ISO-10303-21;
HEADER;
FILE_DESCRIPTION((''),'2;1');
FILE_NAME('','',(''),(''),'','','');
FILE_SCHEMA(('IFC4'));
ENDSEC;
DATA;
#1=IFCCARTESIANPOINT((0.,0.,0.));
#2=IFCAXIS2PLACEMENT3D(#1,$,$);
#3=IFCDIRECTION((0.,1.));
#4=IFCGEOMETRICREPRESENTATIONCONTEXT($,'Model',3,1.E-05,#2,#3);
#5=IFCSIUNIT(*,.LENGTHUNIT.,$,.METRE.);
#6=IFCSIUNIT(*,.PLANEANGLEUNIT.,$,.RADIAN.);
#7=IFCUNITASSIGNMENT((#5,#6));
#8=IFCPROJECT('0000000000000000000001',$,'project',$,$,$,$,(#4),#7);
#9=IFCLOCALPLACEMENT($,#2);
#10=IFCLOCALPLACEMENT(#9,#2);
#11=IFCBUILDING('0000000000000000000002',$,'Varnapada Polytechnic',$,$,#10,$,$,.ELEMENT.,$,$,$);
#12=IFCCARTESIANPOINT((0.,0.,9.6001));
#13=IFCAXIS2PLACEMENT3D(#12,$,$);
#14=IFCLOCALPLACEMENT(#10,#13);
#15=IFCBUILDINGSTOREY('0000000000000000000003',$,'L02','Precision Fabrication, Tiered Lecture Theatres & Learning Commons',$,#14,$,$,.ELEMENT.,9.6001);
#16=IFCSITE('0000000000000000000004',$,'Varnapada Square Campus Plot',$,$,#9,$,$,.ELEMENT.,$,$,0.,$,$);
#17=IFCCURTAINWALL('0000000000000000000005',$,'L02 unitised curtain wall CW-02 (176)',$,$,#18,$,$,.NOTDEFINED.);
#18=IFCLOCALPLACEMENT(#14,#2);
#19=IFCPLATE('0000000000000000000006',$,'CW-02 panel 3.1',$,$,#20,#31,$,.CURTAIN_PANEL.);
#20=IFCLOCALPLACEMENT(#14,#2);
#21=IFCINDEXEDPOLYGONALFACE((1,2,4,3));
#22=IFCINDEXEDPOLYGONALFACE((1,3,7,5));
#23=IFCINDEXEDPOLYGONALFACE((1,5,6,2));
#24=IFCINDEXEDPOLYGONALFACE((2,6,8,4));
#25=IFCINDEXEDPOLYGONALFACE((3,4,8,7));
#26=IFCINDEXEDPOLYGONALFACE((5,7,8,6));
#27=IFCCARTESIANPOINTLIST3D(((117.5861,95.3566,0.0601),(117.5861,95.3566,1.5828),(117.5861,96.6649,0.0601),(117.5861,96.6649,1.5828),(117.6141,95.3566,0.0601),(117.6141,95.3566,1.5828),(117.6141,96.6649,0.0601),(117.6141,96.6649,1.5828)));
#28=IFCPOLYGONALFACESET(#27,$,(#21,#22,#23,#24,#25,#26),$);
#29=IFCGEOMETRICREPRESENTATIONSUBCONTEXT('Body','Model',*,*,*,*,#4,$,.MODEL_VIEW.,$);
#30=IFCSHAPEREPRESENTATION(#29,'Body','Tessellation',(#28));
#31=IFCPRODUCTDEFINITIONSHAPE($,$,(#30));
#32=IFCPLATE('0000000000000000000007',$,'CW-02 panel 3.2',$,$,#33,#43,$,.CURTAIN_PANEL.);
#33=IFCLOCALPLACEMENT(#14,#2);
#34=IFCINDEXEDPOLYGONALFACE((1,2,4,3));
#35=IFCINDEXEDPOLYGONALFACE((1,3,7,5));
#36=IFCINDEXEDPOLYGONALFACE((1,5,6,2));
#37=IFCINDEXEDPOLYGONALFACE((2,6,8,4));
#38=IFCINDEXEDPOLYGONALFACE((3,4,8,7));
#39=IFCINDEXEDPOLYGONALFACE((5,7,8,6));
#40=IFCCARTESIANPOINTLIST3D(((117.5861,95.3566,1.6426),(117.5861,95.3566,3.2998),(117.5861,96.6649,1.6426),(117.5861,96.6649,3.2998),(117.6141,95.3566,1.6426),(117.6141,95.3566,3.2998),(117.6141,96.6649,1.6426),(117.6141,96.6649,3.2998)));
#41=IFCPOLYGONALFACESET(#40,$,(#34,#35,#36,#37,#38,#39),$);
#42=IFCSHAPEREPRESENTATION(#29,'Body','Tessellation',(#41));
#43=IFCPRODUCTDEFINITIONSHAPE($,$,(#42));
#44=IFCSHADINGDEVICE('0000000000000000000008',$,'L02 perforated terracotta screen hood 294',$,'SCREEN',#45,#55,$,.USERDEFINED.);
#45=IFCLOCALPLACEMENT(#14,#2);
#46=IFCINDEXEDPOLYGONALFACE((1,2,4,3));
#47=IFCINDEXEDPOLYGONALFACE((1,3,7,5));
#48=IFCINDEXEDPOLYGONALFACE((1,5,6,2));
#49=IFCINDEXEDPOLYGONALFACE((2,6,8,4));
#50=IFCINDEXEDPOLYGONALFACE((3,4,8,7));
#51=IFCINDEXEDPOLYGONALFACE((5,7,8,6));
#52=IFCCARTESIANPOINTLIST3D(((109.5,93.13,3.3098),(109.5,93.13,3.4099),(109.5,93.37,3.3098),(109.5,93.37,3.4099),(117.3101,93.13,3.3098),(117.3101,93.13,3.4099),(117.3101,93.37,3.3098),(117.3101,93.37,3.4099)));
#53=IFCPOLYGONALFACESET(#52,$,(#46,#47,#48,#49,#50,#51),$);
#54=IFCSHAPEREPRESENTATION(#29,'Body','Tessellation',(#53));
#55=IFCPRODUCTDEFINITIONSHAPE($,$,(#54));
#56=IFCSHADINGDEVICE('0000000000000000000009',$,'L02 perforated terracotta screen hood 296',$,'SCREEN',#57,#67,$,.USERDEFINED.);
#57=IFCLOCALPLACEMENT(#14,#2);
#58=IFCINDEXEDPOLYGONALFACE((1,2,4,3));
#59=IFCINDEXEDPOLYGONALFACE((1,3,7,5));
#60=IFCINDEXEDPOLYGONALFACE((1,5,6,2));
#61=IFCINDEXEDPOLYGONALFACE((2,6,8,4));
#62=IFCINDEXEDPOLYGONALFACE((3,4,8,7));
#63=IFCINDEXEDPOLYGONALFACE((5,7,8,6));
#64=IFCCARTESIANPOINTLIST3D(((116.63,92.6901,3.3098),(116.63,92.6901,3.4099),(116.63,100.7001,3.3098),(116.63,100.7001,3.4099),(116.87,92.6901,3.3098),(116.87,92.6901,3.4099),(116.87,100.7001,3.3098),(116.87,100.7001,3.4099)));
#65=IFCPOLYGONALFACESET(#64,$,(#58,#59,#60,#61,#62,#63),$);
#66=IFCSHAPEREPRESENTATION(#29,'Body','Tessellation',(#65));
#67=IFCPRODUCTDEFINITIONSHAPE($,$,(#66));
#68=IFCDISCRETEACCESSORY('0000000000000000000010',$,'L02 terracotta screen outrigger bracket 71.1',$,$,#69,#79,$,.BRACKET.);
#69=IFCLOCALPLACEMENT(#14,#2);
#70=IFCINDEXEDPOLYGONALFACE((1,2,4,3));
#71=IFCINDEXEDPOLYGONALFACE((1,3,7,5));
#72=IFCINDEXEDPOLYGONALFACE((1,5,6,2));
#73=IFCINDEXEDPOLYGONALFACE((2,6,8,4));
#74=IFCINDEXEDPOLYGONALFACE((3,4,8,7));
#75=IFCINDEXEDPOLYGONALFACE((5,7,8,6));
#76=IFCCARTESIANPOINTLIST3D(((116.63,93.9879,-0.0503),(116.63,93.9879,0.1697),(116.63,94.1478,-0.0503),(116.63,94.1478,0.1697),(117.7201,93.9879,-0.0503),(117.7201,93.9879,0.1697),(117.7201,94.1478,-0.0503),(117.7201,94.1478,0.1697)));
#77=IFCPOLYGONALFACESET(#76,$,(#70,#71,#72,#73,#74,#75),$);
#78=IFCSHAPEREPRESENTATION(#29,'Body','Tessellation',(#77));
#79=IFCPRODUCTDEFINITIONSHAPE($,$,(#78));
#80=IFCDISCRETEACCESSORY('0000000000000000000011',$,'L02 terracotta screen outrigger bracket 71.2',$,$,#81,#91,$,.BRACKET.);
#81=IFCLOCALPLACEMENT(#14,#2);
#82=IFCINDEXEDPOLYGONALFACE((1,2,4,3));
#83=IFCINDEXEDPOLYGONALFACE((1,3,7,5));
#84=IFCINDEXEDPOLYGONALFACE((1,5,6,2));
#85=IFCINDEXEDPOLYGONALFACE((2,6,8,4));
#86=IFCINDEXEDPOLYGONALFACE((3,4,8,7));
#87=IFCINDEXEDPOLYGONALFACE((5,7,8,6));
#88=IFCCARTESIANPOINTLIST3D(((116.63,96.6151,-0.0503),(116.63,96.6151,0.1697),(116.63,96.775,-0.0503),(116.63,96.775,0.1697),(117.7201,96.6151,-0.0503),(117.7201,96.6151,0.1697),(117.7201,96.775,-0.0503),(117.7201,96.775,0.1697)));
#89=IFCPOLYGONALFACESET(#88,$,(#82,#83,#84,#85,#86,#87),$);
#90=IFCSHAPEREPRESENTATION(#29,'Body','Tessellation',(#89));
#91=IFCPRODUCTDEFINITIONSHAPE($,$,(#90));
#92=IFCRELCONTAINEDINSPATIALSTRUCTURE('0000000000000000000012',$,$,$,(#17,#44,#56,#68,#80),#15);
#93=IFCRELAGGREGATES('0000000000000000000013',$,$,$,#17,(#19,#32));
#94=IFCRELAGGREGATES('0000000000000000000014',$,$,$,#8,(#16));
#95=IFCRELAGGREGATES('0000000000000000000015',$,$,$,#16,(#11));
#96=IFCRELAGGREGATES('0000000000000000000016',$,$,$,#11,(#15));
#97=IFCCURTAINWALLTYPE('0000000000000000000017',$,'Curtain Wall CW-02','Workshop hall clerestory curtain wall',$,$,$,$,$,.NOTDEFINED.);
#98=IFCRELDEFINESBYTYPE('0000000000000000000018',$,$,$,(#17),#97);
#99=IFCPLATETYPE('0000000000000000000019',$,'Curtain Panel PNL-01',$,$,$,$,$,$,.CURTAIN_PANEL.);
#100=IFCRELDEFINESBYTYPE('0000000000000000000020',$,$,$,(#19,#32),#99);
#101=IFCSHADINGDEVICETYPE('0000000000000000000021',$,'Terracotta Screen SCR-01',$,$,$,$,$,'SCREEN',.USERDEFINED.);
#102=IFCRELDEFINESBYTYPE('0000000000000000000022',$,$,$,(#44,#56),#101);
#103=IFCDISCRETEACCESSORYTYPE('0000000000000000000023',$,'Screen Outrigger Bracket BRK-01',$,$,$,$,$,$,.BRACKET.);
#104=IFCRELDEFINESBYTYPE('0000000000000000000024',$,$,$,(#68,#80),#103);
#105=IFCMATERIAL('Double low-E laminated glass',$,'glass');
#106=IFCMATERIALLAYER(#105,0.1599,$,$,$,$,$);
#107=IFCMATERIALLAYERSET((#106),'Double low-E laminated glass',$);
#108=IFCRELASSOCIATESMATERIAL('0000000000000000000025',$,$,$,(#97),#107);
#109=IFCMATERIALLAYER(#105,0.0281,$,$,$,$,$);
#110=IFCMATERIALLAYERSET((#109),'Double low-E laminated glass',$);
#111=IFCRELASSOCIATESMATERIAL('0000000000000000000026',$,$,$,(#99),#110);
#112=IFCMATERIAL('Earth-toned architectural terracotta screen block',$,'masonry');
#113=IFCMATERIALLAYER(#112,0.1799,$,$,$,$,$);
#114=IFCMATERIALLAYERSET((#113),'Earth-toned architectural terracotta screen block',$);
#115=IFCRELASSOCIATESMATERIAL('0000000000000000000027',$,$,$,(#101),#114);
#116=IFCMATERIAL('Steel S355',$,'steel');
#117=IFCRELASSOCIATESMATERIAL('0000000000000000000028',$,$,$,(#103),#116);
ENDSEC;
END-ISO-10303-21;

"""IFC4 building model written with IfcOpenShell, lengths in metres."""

from ifc_helpers import new_model, si_unit, direction, frame, origin, origin_2d, place, context, subcontext, project, spatial, rectangle, extrude, material, layer, layer_set, type_object, element, aggregate, save


model = new_model("IFC4")

# Units and contexts
model_context = context("Model", 3, precision=1e-05, world=origin(), true_north=direction((0.0, 1.0)))
body_context = subcontext(model_context, "Body", "Model", "MODEL_VIEW")
ifc_project = project(units=[si_unit("LENGTHUNIT", "METRE"), si_unit("PLANEANGLEUNIT", "RADIAN")], contexts=[model_context])

# Site, building, storey
site_placement = place(None, origin())
site = spatial("IfcSite", under=ifc_project, at=site_placement, Name="Varnapada Square Campus Plot", CompositionType="ELEMENT", RefElevation=0.0)
building_placement = place(site_placement, origin())
building = spatial("IfcBuilding", under=site, at=building_placement, Name="Varnapada Polytechnic", CompositionType="ELEMENT")
storey_placement = place(building_placement, frame((0.0, 0.0, 9.6001)))
storey = spatial("IfcBuildingStorey", under=building, at=storey_placement, Name="L02", Description="Precision Fabrication, Tiered Lecture Theatres & Learning Commons", CompositionType="ELEMENT", Elevation=9.6001)

# Curtain wall, plates
ifc_material_1 = material(Name="Double low-E laminated glass", Category="glass")
ifc_layer_1 = layer(ifc_material_1, 0.1599)
ifc_layer_set_1 = layer_set([ifc_layer_1], Name="Double low-E laminated glass")
curtain_wall_type = type_object("IfcCurtainWallType", Name="Curtain Wall CW-02", Description="Workshop hall clerestory curtain wall", PredefinedType="NOTDEFINED", material=ifc_layer_set_1)
curtain_wall_placement = place(storey_placement, origin())
curtain_wall = element("IfcCurtainWall", 1, at=curtain_wall_placement, inside=storey, type_object=curtain_wall_type, Name="L02 unitised curtain wall CW-02 (176)", PredefinedType="NOTDEFINED")
ifc_layer_2 = layer(ifc_material_1, 0.0281)
ifc_layer_set_2 = layer_set([ifc_layer_2], Name="Double low-E laminated glass")
plate_type = type_object("IfcPlateType", Name="Curtain Panel PNL-01", PredefinedType="CURTAIN_PANEL", material=ifc_layer_set_2)
plate_1_placement = place(storey_placement, frame((117.6001, 96.0107, 0.0601), z_axis=(0.0, 0.0, 1.0), x_axis=(0.0, 1.0, 0.0)))
plate_1 = element("IfcPlate", 2, at=plate_1_placement, type_object=plate_type, Name="CW-02 panel 3.1", PredefinedType="CURTAIN_PANEL", context=body_context, shape_type="SweptSolid", body=[
    extrude(rectangle(XDim=1.3083, YDim=0.0281, at=origin_2d()), origin(), (0.0, 0.0, 1.0), 1.5227),
])
plate_2_placement = place(storey_placement, frame((117.6001, 96.0107, 1.6426), z_axis=(0.0, 0.0, 1.0), x_axis=(0.0, 1.0, 0.0)))
plate_2 = element("IfcPlate", 3, at=plate_2_placement, type_object=plate_type, Name="CW-02 panel 3.2", PredefinedType="CURTAIN_PANEL", context=body_context, shape_type="SweptSolid", body=[
    extrude(rectangle(XDim=1.3083, YDim=0.0281, at=origin_2d()), origin(), (0.0, 0.0, 1.0), 1.6572),
])
aggregate(curtain_wall, [plate_1, plate_2])

# Shading devices
ifc_material_2 = material(Name="Earth-toned architectural terracotta screen block", Category="masonry")
ifc_layer_3 = layer(ifc_material_2, 0.1799)
ifc_layer_set_3 = layer_set([ifc_layer_3], Name="Earth-toned architectural terracotta screen block")
shading_device_type = type_object("IfcShadingDeviceType", Name="Terracotta Screen SCR-01", ElementType="SCREEN", PredefinedType="USERDEFINED", material=ifc_layer_set_3)
shading_device_1_placement = place(storey_placement, frame((113.405, 93.25, 3.3098), z_axis=(0.0, 0.0, 1.0), x_axis=(1.0, 0.0, 0.0)))
element("IfcShadingDevice", 4, at=shading_device_1_placement, inside=storey, type_object=shading_device_type, Name="L02 perforated terracotta screen hood 294", ObjectType="SCREEN", PredefinedType="USERDEFINED", context=body_context, shape_type="SweptSolid", body=[
    extrude(rectangle(XDim=7.8101, YDim=0.24, at=origin_2d()), origin(), (0.0, 0.0, 1.0), 0.1001),
])
shading_device_2_placement = place(storey_placement, frame((116.75, 96.6951, 3.3098), z_axis=(0.0, 0.0, 1.0), x_axis=(0.0, 1.0, 0.0)))
element("IfcShadingDevice", 5, at=shading_device_2_placement, inside=storey, type_object=shading_device_type, Name="L02 perforated terracotta screen hood 296", ObjectType="SCREEN", PredefinedType="USERDEFINED", context=body_context, shape_type="SweptSolid", body=[
    extrude(rectangle(XDim=8.01, YDim=0.24, at=origin_2d()), origin(), (0.0, 0.0, 1.0), 0.1001),
])

# Discrete accessories
ifc_material_3 = material(Name="Steel S355", Category="steel")
discrete_accessory_type = type_object("IfcDiscreteAccessoryType", Name="Screen Outrigger Bracket BRK-01", PredefinedType="BRACKET", material=ifc_material_3)
for number, where, z_axis, x_axis, name in (
    (6, (117.175, 94.0679, -0.0503), (0.0, 0.0, 1.0), (0.0, 1.0, 0.0), "L02 terracotta screen outrigger bracket 71.1"),
    (7, (117.175, 96.6951, -0.0503), (0.0, 0.0, 1.0), (0.0, 1.0, 0.0), "L02 terracotta screen outrigger bracket 71.2"),
):
    element("IfcDiscreteAccessory", number, at=place(storey_placement, frame(where, z_axis=z_axis, x_axis=x_axis)), inside=storey, type_object=discrete_accessory_type, Name=name, PredefinedType="BRACKET", context=body_context, shape_type="SweptSolid", body=[
        extrude(rectangle(XDim=0.1599, YDim=1.0901, at=origin_2d()), origin(), (0.0, 0.0, 1.0), 0.22),
    ])

save(model, "model.ifc")
